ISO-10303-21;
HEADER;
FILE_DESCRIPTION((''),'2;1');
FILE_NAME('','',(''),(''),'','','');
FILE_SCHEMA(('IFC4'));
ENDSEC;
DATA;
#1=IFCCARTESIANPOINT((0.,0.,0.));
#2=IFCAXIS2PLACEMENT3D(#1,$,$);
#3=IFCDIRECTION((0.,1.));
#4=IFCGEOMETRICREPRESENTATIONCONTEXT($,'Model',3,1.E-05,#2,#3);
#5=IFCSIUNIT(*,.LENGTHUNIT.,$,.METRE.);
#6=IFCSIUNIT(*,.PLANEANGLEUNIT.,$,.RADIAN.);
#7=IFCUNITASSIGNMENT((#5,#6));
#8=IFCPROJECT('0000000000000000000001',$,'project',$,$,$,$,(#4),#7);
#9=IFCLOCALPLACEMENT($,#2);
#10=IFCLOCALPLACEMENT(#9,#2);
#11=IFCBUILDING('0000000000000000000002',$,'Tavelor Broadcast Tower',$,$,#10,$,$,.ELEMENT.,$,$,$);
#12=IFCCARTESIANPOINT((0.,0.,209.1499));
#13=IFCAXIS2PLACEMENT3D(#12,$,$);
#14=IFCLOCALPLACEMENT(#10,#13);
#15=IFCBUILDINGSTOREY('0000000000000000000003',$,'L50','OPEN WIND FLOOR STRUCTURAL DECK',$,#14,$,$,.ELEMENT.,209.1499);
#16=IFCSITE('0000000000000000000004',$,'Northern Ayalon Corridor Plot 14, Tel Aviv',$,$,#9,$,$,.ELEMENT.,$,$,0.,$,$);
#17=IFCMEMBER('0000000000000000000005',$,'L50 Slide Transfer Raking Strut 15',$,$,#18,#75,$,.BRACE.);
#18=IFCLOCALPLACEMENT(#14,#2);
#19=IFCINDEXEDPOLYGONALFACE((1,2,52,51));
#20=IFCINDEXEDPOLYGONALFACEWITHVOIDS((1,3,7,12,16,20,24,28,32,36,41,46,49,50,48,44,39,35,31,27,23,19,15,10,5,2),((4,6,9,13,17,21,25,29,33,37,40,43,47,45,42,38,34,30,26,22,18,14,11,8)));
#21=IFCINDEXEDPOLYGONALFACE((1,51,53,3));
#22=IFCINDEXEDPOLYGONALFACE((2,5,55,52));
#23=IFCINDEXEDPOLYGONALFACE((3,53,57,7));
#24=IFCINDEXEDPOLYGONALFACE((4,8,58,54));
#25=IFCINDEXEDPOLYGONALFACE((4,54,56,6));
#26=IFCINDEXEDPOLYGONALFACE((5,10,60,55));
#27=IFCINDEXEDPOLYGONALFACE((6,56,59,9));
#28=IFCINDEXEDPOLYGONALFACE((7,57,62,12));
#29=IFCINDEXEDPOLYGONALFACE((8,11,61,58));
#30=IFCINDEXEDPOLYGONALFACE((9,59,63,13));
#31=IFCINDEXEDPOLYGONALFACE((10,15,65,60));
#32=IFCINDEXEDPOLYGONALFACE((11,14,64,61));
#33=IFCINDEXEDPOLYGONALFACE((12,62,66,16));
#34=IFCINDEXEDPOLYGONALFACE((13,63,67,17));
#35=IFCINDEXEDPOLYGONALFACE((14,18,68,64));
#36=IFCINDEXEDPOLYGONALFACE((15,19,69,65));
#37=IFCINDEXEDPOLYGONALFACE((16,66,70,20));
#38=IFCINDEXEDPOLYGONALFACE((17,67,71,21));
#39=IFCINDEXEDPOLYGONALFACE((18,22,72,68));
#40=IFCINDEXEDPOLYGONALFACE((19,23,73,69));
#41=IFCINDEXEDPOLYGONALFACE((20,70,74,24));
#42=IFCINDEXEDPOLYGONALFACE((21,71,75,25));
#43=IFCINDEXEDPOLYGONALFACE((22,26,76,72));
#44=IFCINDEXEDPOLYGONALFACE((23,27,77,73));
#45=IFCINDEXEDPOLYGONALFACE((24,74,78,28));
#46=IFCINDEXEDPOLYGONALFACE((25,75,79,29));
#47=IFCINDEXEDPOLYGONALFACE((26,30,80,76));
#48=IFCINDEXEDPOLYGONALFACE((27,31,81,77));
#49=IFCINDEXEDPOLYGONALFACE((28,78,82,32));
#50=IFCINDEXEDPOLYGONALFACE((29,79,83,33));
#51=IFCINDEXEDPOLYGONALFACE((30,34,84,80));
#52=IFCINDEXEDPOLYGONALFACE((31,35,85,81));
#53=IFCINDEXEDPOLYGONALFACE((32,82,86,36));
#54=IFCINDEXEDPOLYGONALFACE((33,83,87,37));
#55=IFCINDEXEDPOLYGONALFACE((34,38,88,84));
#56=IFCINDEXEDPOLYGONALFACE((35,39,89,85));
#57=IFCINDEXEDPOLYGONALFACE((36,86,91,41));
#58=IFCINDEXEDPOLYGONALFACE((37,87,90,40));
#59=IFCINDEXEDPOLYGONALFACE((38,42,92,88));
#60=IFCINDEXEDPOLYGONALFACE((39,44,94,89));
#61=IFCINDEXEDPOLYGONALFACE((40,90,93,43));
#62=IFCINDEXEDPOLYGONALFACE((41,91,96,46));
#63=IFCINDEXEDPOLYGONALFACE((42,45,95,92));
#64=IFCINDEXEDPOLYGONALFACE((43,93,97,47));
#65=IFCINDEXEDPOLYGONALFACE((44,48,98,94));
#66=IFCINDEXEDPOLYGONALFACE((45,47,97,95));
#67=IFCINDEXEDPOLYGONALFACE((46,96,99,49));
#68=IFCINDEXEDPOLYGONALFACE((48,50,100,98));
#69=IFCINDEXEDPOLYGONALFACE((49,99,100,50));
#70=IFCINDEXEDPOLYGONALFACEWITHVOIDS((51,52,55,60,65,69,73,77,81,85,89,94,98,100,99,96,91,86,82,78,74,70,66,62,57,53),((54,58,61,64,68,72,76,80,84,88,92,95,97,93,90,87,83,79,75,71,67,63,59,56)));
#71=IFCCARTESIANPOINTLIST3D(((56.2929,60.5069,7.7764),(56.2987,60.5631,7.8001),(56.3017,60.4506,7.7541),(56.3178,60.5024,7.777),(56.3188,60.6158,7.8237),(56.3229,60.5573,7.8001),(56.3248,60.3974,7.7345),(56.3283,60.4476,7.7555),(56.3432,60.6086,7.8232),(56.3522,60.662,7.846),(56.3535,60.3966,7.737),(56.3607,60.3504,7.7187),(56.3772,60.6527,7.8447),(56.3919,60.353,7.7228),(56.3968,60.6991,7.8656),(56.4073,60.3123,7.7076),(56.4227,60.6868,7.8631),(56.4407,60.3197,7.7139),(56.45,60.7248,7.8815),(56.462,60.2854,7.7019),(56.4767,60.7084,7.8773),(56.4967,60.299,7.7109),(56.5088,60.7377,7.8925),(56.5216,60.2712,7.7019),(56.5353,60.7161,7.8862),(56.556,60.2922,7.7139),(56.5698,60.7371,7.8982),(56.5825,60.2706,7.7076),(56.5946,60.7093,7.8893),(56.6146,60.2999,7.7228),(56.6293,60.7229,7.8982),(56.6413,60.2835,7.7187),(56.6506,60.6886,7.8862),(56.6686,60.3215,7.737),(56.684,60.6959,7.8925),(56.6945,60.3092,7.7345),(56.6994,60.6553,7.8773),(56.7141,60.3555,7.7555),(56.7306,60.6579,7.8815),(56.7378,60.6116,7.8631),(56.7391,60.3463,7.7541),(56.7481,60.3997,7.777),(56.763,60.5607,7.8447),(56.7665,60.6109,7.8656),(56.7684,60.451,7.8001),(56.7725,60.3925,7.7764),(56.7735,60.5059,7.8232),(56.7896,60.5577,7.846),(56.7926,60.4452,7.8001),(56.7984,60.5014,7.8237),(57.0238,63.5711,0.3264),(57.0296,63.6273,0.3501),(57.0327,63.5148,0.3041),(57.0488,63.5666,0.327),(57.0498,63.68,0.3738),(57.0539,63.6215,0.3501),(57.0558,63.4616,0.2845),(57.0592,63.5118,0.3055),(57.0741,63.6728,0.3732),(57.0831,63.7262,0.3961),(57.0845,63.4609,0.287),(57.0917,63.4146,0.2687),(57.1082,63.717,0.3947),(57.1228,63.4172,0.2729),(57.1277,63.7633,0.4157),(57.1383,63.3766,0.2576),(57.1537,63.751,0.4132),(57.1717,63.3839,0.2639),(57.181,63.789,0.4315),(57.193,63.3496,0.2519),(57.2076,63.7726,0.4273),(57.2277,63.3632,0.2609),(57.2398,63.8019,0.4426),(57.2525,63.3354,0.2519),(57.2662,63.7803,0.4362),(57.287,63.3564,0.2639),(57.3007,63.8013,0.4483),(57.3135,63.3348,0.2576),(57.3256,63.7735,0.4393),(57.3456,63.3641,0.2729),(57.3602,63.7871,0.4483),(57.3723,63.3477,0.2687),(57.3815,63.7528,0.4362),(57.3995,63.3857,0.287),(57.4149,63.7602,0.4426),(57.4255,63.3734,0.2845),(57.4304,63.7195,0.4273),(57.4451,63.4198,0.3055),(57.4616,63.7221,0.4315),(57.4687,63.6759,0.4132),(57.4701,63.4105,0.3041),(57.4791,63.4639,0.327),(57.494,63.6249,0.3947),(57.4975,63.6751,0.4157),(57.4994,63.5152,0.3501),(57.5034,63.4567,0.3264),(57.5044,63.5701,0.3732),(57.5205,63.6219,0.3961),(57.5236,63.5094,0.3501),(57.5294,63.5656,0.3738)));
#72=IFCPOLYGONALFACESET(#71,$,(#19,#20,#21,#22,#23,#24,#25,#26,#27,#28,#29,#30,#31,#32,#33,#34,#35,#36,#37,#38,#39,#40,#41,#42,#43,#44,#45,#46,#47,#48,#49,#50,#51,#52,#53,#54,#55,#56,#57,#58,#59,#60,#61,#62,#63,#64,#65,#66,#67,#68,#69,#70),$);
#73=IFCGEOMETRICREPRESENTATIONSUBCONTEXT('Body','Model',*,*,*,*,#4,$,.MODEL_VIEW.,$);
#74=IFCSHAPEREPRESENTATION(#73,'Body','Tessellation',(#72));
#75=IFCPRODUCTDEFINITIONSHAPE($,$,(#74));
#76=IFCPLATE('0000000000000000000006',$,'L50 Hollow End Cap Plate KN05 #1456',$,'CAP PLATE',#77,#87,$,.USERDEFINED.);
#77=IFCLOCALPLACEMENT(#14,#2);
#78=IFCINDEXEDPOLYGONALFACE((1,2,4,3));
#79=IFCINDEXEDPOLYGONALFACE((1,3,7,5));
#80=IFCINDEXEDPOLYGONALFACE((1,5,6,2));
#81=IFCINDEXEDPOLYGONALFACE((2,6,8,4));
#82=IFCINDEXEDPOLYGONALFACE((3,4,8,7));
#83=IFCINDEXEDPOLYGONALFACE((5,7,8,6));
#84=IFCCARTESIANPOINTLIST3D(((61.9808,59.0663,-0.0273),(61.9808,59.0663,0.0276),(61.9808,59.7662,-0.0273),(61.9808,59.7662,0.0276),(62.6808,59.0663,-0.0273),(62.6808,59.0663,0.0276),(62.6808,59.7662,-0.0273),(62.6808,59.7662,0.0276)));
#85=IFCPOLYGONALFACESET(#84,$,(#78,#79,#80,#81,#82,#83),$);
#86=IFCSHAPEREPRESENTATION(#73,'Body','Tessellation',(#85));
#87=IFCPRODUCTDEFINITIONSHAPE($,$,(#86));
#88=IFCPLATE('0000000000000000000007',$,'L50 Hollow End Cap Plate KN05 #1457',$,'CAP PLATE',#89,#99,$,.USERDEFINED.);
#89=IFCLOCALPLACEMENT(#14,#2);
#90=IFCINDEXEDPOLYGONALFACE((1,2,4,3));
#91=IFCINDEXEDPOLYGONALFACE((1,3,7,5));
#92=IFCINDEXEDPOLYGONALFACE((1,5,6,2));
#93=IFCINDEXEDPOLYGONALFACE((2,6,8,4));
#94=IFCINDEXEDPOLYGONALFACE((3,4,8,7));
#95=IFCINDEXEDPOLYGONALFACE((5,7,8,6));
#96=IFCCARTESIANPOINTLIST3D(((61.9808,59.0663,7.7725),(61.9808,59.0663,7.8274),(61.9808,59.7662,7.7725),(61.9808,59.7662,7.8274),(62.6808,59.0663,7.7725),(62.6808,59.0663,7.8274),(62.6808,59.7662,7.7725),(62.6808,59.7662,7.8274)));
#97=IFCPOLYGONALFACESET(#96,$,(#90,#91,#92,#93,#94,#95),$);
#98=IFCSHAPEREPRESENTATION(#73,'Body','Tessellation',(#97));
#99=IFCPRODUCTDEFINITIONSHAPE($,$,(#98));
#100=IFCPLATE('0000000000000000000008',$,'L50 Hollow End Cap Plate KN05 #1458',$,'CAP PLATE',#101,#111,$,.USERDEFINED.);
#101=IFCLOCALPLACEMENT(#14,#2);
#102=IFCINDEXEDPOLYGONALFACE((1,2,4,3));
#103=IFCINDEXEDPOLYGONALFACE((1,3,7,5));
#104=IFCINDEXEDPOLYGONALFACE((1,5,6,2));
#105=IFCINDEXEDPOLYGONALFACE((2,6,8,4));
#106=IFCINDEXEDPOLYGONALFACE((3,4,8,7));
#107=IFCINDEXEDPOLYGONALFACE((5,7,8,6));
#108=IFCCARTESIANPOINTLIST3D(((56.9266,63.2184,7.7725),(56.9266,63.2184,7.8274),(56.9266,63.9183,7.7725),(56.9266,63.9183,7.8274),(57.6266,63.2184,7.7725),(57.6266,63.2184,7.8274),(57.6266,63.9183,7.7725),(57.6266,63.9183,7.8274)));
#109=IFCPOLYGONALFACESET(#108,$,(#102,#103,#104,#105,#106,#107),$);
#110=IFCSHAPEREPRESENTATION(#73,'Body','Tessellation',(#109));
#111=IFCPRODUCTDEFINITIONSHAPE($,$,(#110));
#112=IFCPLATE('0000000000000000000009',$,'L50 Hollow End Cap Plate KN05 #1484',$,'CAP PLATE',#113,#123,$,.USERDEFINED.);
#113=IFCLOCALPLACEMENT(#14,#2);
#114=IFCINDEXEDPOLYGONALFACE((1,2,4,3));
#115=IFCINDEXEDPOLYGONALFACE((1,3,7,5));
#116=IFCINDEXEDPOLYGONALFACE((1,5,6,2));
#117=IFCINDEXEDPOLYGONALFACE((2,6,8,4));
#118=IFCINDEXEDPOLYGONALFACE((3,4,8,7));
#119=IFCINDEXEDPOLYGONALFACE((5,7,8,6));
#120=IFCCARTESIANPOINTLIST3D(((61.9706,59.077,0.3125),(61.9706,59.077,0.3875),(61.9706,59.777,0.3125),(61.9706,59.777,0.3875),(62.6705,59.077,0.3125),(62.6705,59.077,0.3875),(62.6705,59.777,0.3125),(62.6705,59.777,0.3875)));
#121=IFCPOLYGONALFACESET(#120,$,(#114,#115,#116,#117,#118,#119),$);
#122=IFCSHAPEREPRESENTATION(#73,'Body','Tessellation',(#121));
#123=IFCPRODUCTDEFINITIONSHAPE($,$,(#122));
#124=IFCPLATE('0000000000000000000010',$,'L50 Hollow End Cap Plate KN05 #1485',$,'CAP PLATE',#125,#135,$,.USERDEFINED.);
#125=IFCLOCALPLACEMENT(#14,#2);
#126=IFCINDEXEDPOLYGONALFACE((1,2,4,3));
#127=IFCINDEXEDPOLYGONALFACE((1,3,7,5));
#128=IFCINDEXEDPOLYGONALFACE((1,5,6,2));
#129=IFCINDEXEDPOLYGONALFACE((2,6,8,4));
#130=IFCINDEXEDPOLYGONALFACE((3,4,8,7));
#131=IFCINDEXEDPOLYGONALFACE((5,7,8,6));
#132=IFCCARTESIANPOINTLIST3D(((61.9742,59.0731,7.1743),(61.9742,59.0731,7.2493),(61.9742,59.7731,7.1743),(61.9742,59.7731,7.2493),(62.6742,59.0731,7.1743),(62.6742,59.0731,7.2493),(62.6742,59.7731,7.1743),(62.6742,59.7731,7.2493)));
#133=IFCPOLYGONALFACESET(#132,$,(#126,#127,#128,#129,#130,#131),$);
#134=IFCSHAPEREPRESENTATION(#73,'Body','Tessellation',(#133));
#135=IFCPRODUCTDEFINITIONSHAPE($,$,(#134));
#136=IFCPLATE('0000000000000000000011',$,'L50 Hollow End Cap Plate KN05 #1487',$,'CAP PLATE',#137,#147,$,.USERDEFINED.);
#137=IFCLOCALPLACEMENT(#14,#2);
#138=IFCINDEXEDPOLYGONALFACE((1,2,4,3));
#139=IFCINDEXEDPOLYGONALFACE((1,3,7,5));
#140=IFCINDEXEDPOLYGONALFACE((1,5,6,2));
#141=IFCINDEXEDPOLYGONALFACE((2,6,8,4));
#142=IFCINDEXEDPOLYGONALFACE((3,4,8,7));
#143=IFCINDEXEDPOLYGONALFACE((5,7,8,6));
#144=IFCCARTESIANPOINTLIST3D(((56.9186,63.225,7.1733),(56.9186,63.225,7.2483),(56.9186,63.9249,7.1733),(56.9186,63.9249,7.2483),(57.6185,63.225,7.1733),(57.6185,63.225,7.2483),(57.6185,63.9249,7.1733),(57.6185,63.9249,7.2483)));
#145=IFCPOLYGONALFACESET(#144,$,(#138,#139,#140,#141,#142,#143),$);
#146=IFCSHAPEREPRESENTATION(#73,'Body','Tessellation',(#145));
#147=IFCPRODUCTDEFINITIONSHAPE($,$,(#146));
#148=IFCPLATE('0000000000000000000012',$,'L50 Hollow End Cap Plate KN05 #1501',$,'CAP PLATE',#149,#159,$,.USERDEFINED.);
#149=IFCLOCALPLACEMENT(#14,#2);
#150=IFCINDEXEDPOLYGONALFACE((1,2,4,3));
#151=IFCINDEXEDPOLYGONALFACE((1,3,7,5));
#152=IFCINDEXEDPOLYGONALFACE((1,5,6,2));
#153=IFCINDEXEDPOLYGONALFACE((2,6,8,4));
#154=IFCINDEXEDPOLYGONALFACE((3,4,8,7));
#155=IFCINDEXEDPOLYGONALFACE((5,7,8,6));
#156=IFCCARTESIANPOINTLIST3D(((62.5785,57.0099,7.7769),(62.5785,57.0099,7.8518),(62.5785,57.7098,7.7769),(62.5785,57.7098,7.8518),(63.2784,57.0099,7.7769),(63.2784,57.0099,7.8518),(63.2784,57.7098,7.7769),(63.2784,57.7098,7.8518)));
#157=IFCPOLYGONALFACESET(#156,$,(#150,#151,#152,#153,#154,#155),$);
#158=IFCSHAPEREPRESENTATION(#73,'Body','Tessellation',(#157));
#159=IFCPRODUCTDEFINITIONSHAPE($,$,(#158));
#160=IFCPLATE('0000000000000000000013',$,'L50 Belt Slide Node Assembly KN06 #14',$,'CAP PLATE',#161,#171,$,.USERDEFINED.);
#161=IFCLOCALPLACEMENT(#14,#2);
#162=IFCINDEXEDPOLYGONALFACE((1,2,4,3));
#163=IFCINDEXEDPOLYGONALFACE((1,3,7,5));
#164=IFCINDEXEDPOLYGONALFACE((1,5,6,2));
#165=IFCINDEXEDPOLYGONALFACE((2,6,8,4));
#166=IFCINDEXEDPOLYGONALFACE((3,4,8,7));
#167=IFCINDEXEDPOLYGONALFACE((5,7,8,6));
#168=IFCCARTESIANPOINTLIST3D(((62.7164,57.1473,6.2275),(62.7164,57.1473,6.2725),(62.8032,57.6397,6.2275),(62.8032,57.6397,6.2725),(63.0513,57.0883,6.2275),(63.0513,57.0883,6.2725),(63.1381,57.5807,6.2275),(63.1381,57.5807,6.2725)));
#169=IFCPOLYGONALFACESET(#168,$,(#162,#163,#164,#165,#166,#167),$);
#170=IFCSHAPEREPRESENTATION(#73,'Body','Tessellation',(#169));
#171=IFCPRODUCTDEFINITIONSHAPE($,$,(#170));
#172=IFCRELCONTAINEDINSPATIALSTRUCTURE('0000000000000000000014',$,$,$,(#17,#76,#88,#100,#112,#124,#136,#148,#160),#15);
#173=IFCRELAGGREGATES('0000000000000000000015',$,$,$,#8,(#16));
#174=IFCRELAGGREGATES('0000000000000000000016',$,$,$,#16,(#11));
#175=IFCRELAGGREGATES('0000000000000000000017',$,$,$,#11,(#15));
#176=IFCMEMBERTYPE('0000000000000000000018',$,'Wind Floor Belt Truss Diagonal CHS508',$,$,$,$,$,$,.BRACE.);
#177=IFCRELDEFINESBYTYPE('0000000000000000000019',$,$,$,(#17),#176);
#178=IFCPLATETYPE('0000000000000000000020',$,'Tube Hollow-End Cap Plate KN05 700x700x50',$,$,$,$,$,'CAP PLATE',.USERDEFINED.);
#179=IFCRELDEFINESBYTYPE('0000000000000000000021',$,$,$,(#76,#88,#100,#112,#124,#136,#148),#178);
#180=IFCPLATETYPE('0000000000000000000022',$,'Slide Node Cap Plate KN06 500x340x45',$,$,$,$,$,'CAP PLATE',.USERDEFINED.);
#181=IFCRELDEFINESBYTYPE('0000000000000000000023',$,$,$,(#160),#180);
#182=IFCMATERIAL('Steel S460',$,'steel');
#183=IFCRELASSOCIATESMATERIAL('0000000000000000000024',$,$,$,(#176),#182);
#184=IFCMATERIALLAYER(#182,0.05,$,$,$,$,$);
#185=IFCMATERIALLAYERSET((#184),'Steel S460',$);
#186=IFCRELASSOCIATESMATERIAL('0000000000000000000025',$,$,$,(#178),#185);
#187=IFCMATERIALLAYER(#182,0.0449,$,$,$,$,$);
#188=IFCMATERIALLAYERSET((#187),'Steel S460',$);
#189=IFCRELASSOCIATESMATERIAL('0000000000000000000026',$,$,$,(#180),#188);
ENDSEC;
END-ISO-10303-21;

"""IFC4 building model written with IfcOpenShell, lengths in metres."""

from ifc_helpers import new_model, si_unit, direction, frame, origin, origin_2d, place, context, subcontext, project, spatial, rectangle, hollow_circle, extrude, source, transform, mapped, material, layer, layer_set, material_profile, profile_set, type_object, type_shapes, element, save


model = new_model("IFC4")

# Units and contexts
model_context = context("Model", 3, precision=1e-05, world=origin(), true_north=direction((0.0, 1.0)))
body_context = subcontext(model_context, "Body", "Model", "MODEL_VIEW")
ifc_project = project(units=[si_unit("LENGTHUNIT", "METRE"), si_unit("PLANEANGLEUNIT", "RADIAN")], contexts=[model_context])

# Site, building, storey
site_placement = place(None, origin())
site = spatial("IfcSite", under=ifc_project, at=site_placement, Name="Northern Ayalon Corridor Plot 14, Tel Aviv", CompositionType="ELEMENT", RefElevation=0.0)
building_placement = place(site_placement, origin())
building = spatial("IfcBuilding", under=site, at=building_placement, Name="Tavelor Broadcast Tower", CompositionType="ELEMENT")
storey_placement = place(building_placement, frame((0.0, 0.0, 209.1499)))
storey = spatial("IfcBuildingStorey", under=building, at=storey_placement, Name="L50", Description="OPEN WIND FLOOR STRUCTURAL DECK", CompositionType="ELEMENT", Elevation=209.1499)

# Shared definitions
ifc_material_1 = material(Name="Steel S460", Category="steel")

# Member
ifc_material_profile_1 = material_profile(ifc_material_1, hollow_circle(Radius=0.2539, WallThickness=0.0249, at=origin_2d()), Name="CHS 508x25")
ifc_profile_set_1 = profile_set([ifc_material_profile_1], Name="Steel S460")
member_type_1 = type_object("IfcMemberType", Name="Wind Floor Belt Truss Diagonal CHS508", PredefinedType="BRACE", material=ifc_profile_set_1)
member_1_placement = place(storey_placement, frame((57.2766, 63.5684, 0.3501), z_axis=(-0.090369, -0.378831, 0.921043), x_axis=(0.972707, -0.232036, 0.0)))
element("IfcMember", 1, at=member_1_placement, inside=storey, type_object=member_type_1, Name="L50 Slide Transfer Raking Strut 15", PredefinedType="BRACE", context=body_context, shape_type="SweptSolid", body=[
    extrude(hollow_circle(Radius=0.2539, WallThickness=0.0249, at=origin_2d()), origin(), (0.0, 0.0, 1.0), 8.0886),
])

# Plates
ifc_layer_1 = layer(ifc_material_1, 0.05)
ifc_layer_set_1 = layer_set([ifc_layer_1], Name="Steel S460")
plate_type_1 = type_object("IfcPlateType", Name="Tube Hollow-End Cap Plate KN05 700x700x50", ElementType="CAP PLATE", PredefinedType="USERDEFINED", material=ifc_layer_set_1)
shared_shape_1 = source(origin(), body_context, "Body", "SweptSolid", [
    extrude(rectangle(XDim=0.7, YDim=0.7, at=origin_2d()), origin(), (0.0, 0.0, 1.0), 0.0549),
])
for number, where, z_axis, x_axis, name in (
    (2, (62.3308, 59.4163, -0.0273), (0.0, 0.0, 1.0), (1.0, 0.0, 0.0), "L50 Hollow End Cap Plate KN05 #1456"),
    (3, (62.3308, 59.4163, 7.7725), (0.0, 0.0, 1.0), (1.0, 0.0, 0.0), "L50 Hollow End Cap Plate KN05 #1457"),
    (4, (57.2766, 63.5684, 7.7725), (0.0, 0.0, 1.0), (1.0, 0.0, 0.0), "L50 Hollow End Cap Plate KN05 #1458"),
):
    element("IfcPlate", number, at=place(storey_placement, frame(where, z_axis=z_axis, x_axis=x_axis)), inside=storey, type_object=plate_type_1, Name=name, ObjectType="CAP PLATE", PredefinedType="USERDEFINED", context=body_context, shape_type="MappedRepresentation", body=[
        mapped(shared_shape_1, transform((0.0, 0.0, 0.0), scale=1.0)),
    ])
shared_shape_2 = source(origin(), body_context, "Body", "SweptSolid", [
    extrude(rectangle(XDim=0.7, YDim=0.7, at=origin_2d()), origin(), (0.0, 0.0, 1.0), 0.075),
])
type_shapes(plate_type_1, [shared_shape_1, shared_shape_2])
for number, where, z_axis, x_axis, name in (
    (5, (62.3206, 59.427, 0.3125), (0.0, 0.0, 1.0), (1.0, 0.0, 0.0), "L50 Hollow End Cap Plate KN05 #1484"),
    (6, (62.3242, 59.4231, 7.1743), (0.0, 0.0, 1.0), (1.0, 0.0, 0.0), "L50 Hollow End Cap Plate KN05 #1485"),
    (7, (57.2686, 63.575, 7.1733), (0.0, 0.0, 1.0), (1.0, 0.0, 0.0), "L50 Hollow End Cap Plate KN05 #1487"),
    (8, (62.9285, 57.3599, 7.7769), (0.0, 0.0, 1.0), (1.0, 0.0, 0.0), "L50 Hollow End Cap Plate KN05 #1501"),
):
    element("IfcPlate", number, at=place(storey_placement, frame(where, z_axis=z_axis, x_axis=x_axis)), inside=storey, type_object=plate_type_1, Name=name, ObjectType="CAP PLATE", PredefinedType="USERDEFINED", context=body_context, shape_type="MappedRepresentation", body=[
        mapped(shared_shape_2, transform((0.0, 0.0, 0.0), scale=1.0)),
    ])
ifc_layer_2 = layer(ifc_material_1, 0.0449)
ifc_layer_set_2 = layer_set([ifc_layer_2], Name="Steel S460")
plate_type_2 = type_object("IfcPlateType", Name="Slide Node Cap Plate KN06 500x340x45", ElementType="CAP PLATE", PredefinedType="USERDEFINED", material=ifc_layer_set_2)
shared_shape_3 = source(origin(), body_context, "Body", "SweptSolid", [
    extrude(rectangle(XDim=0.5, YDim=0.3401, at=origin_2d()), origin(), (0.0, 0.0, 1.0), 0.0449),
])
type_shapes(plate_type_2, [shared_shape_3])
plate_placement = place(storey_placement, frame((62.9272, 57.364, 6.2275), z_axis=(0.0, 0.0, 1.0), x_axis=(-0.173648, -0.984808, 0.0)))
element("IfcPlate", 9, at=plate_placement, inside=storey, type_object=plate_type_2, Name="L50 Belt Slide Node Assembly KN06 #14", ObjectType="CAP PLATE", PredefinedType="USERDEFINED", context=body_context, shape_type="MappedRepresentation", body=[
    mapped(shared_shape_3, transform((0.0, 0.0, 0.0), scale=1.0)),
])

save(model, "model.ifc")
